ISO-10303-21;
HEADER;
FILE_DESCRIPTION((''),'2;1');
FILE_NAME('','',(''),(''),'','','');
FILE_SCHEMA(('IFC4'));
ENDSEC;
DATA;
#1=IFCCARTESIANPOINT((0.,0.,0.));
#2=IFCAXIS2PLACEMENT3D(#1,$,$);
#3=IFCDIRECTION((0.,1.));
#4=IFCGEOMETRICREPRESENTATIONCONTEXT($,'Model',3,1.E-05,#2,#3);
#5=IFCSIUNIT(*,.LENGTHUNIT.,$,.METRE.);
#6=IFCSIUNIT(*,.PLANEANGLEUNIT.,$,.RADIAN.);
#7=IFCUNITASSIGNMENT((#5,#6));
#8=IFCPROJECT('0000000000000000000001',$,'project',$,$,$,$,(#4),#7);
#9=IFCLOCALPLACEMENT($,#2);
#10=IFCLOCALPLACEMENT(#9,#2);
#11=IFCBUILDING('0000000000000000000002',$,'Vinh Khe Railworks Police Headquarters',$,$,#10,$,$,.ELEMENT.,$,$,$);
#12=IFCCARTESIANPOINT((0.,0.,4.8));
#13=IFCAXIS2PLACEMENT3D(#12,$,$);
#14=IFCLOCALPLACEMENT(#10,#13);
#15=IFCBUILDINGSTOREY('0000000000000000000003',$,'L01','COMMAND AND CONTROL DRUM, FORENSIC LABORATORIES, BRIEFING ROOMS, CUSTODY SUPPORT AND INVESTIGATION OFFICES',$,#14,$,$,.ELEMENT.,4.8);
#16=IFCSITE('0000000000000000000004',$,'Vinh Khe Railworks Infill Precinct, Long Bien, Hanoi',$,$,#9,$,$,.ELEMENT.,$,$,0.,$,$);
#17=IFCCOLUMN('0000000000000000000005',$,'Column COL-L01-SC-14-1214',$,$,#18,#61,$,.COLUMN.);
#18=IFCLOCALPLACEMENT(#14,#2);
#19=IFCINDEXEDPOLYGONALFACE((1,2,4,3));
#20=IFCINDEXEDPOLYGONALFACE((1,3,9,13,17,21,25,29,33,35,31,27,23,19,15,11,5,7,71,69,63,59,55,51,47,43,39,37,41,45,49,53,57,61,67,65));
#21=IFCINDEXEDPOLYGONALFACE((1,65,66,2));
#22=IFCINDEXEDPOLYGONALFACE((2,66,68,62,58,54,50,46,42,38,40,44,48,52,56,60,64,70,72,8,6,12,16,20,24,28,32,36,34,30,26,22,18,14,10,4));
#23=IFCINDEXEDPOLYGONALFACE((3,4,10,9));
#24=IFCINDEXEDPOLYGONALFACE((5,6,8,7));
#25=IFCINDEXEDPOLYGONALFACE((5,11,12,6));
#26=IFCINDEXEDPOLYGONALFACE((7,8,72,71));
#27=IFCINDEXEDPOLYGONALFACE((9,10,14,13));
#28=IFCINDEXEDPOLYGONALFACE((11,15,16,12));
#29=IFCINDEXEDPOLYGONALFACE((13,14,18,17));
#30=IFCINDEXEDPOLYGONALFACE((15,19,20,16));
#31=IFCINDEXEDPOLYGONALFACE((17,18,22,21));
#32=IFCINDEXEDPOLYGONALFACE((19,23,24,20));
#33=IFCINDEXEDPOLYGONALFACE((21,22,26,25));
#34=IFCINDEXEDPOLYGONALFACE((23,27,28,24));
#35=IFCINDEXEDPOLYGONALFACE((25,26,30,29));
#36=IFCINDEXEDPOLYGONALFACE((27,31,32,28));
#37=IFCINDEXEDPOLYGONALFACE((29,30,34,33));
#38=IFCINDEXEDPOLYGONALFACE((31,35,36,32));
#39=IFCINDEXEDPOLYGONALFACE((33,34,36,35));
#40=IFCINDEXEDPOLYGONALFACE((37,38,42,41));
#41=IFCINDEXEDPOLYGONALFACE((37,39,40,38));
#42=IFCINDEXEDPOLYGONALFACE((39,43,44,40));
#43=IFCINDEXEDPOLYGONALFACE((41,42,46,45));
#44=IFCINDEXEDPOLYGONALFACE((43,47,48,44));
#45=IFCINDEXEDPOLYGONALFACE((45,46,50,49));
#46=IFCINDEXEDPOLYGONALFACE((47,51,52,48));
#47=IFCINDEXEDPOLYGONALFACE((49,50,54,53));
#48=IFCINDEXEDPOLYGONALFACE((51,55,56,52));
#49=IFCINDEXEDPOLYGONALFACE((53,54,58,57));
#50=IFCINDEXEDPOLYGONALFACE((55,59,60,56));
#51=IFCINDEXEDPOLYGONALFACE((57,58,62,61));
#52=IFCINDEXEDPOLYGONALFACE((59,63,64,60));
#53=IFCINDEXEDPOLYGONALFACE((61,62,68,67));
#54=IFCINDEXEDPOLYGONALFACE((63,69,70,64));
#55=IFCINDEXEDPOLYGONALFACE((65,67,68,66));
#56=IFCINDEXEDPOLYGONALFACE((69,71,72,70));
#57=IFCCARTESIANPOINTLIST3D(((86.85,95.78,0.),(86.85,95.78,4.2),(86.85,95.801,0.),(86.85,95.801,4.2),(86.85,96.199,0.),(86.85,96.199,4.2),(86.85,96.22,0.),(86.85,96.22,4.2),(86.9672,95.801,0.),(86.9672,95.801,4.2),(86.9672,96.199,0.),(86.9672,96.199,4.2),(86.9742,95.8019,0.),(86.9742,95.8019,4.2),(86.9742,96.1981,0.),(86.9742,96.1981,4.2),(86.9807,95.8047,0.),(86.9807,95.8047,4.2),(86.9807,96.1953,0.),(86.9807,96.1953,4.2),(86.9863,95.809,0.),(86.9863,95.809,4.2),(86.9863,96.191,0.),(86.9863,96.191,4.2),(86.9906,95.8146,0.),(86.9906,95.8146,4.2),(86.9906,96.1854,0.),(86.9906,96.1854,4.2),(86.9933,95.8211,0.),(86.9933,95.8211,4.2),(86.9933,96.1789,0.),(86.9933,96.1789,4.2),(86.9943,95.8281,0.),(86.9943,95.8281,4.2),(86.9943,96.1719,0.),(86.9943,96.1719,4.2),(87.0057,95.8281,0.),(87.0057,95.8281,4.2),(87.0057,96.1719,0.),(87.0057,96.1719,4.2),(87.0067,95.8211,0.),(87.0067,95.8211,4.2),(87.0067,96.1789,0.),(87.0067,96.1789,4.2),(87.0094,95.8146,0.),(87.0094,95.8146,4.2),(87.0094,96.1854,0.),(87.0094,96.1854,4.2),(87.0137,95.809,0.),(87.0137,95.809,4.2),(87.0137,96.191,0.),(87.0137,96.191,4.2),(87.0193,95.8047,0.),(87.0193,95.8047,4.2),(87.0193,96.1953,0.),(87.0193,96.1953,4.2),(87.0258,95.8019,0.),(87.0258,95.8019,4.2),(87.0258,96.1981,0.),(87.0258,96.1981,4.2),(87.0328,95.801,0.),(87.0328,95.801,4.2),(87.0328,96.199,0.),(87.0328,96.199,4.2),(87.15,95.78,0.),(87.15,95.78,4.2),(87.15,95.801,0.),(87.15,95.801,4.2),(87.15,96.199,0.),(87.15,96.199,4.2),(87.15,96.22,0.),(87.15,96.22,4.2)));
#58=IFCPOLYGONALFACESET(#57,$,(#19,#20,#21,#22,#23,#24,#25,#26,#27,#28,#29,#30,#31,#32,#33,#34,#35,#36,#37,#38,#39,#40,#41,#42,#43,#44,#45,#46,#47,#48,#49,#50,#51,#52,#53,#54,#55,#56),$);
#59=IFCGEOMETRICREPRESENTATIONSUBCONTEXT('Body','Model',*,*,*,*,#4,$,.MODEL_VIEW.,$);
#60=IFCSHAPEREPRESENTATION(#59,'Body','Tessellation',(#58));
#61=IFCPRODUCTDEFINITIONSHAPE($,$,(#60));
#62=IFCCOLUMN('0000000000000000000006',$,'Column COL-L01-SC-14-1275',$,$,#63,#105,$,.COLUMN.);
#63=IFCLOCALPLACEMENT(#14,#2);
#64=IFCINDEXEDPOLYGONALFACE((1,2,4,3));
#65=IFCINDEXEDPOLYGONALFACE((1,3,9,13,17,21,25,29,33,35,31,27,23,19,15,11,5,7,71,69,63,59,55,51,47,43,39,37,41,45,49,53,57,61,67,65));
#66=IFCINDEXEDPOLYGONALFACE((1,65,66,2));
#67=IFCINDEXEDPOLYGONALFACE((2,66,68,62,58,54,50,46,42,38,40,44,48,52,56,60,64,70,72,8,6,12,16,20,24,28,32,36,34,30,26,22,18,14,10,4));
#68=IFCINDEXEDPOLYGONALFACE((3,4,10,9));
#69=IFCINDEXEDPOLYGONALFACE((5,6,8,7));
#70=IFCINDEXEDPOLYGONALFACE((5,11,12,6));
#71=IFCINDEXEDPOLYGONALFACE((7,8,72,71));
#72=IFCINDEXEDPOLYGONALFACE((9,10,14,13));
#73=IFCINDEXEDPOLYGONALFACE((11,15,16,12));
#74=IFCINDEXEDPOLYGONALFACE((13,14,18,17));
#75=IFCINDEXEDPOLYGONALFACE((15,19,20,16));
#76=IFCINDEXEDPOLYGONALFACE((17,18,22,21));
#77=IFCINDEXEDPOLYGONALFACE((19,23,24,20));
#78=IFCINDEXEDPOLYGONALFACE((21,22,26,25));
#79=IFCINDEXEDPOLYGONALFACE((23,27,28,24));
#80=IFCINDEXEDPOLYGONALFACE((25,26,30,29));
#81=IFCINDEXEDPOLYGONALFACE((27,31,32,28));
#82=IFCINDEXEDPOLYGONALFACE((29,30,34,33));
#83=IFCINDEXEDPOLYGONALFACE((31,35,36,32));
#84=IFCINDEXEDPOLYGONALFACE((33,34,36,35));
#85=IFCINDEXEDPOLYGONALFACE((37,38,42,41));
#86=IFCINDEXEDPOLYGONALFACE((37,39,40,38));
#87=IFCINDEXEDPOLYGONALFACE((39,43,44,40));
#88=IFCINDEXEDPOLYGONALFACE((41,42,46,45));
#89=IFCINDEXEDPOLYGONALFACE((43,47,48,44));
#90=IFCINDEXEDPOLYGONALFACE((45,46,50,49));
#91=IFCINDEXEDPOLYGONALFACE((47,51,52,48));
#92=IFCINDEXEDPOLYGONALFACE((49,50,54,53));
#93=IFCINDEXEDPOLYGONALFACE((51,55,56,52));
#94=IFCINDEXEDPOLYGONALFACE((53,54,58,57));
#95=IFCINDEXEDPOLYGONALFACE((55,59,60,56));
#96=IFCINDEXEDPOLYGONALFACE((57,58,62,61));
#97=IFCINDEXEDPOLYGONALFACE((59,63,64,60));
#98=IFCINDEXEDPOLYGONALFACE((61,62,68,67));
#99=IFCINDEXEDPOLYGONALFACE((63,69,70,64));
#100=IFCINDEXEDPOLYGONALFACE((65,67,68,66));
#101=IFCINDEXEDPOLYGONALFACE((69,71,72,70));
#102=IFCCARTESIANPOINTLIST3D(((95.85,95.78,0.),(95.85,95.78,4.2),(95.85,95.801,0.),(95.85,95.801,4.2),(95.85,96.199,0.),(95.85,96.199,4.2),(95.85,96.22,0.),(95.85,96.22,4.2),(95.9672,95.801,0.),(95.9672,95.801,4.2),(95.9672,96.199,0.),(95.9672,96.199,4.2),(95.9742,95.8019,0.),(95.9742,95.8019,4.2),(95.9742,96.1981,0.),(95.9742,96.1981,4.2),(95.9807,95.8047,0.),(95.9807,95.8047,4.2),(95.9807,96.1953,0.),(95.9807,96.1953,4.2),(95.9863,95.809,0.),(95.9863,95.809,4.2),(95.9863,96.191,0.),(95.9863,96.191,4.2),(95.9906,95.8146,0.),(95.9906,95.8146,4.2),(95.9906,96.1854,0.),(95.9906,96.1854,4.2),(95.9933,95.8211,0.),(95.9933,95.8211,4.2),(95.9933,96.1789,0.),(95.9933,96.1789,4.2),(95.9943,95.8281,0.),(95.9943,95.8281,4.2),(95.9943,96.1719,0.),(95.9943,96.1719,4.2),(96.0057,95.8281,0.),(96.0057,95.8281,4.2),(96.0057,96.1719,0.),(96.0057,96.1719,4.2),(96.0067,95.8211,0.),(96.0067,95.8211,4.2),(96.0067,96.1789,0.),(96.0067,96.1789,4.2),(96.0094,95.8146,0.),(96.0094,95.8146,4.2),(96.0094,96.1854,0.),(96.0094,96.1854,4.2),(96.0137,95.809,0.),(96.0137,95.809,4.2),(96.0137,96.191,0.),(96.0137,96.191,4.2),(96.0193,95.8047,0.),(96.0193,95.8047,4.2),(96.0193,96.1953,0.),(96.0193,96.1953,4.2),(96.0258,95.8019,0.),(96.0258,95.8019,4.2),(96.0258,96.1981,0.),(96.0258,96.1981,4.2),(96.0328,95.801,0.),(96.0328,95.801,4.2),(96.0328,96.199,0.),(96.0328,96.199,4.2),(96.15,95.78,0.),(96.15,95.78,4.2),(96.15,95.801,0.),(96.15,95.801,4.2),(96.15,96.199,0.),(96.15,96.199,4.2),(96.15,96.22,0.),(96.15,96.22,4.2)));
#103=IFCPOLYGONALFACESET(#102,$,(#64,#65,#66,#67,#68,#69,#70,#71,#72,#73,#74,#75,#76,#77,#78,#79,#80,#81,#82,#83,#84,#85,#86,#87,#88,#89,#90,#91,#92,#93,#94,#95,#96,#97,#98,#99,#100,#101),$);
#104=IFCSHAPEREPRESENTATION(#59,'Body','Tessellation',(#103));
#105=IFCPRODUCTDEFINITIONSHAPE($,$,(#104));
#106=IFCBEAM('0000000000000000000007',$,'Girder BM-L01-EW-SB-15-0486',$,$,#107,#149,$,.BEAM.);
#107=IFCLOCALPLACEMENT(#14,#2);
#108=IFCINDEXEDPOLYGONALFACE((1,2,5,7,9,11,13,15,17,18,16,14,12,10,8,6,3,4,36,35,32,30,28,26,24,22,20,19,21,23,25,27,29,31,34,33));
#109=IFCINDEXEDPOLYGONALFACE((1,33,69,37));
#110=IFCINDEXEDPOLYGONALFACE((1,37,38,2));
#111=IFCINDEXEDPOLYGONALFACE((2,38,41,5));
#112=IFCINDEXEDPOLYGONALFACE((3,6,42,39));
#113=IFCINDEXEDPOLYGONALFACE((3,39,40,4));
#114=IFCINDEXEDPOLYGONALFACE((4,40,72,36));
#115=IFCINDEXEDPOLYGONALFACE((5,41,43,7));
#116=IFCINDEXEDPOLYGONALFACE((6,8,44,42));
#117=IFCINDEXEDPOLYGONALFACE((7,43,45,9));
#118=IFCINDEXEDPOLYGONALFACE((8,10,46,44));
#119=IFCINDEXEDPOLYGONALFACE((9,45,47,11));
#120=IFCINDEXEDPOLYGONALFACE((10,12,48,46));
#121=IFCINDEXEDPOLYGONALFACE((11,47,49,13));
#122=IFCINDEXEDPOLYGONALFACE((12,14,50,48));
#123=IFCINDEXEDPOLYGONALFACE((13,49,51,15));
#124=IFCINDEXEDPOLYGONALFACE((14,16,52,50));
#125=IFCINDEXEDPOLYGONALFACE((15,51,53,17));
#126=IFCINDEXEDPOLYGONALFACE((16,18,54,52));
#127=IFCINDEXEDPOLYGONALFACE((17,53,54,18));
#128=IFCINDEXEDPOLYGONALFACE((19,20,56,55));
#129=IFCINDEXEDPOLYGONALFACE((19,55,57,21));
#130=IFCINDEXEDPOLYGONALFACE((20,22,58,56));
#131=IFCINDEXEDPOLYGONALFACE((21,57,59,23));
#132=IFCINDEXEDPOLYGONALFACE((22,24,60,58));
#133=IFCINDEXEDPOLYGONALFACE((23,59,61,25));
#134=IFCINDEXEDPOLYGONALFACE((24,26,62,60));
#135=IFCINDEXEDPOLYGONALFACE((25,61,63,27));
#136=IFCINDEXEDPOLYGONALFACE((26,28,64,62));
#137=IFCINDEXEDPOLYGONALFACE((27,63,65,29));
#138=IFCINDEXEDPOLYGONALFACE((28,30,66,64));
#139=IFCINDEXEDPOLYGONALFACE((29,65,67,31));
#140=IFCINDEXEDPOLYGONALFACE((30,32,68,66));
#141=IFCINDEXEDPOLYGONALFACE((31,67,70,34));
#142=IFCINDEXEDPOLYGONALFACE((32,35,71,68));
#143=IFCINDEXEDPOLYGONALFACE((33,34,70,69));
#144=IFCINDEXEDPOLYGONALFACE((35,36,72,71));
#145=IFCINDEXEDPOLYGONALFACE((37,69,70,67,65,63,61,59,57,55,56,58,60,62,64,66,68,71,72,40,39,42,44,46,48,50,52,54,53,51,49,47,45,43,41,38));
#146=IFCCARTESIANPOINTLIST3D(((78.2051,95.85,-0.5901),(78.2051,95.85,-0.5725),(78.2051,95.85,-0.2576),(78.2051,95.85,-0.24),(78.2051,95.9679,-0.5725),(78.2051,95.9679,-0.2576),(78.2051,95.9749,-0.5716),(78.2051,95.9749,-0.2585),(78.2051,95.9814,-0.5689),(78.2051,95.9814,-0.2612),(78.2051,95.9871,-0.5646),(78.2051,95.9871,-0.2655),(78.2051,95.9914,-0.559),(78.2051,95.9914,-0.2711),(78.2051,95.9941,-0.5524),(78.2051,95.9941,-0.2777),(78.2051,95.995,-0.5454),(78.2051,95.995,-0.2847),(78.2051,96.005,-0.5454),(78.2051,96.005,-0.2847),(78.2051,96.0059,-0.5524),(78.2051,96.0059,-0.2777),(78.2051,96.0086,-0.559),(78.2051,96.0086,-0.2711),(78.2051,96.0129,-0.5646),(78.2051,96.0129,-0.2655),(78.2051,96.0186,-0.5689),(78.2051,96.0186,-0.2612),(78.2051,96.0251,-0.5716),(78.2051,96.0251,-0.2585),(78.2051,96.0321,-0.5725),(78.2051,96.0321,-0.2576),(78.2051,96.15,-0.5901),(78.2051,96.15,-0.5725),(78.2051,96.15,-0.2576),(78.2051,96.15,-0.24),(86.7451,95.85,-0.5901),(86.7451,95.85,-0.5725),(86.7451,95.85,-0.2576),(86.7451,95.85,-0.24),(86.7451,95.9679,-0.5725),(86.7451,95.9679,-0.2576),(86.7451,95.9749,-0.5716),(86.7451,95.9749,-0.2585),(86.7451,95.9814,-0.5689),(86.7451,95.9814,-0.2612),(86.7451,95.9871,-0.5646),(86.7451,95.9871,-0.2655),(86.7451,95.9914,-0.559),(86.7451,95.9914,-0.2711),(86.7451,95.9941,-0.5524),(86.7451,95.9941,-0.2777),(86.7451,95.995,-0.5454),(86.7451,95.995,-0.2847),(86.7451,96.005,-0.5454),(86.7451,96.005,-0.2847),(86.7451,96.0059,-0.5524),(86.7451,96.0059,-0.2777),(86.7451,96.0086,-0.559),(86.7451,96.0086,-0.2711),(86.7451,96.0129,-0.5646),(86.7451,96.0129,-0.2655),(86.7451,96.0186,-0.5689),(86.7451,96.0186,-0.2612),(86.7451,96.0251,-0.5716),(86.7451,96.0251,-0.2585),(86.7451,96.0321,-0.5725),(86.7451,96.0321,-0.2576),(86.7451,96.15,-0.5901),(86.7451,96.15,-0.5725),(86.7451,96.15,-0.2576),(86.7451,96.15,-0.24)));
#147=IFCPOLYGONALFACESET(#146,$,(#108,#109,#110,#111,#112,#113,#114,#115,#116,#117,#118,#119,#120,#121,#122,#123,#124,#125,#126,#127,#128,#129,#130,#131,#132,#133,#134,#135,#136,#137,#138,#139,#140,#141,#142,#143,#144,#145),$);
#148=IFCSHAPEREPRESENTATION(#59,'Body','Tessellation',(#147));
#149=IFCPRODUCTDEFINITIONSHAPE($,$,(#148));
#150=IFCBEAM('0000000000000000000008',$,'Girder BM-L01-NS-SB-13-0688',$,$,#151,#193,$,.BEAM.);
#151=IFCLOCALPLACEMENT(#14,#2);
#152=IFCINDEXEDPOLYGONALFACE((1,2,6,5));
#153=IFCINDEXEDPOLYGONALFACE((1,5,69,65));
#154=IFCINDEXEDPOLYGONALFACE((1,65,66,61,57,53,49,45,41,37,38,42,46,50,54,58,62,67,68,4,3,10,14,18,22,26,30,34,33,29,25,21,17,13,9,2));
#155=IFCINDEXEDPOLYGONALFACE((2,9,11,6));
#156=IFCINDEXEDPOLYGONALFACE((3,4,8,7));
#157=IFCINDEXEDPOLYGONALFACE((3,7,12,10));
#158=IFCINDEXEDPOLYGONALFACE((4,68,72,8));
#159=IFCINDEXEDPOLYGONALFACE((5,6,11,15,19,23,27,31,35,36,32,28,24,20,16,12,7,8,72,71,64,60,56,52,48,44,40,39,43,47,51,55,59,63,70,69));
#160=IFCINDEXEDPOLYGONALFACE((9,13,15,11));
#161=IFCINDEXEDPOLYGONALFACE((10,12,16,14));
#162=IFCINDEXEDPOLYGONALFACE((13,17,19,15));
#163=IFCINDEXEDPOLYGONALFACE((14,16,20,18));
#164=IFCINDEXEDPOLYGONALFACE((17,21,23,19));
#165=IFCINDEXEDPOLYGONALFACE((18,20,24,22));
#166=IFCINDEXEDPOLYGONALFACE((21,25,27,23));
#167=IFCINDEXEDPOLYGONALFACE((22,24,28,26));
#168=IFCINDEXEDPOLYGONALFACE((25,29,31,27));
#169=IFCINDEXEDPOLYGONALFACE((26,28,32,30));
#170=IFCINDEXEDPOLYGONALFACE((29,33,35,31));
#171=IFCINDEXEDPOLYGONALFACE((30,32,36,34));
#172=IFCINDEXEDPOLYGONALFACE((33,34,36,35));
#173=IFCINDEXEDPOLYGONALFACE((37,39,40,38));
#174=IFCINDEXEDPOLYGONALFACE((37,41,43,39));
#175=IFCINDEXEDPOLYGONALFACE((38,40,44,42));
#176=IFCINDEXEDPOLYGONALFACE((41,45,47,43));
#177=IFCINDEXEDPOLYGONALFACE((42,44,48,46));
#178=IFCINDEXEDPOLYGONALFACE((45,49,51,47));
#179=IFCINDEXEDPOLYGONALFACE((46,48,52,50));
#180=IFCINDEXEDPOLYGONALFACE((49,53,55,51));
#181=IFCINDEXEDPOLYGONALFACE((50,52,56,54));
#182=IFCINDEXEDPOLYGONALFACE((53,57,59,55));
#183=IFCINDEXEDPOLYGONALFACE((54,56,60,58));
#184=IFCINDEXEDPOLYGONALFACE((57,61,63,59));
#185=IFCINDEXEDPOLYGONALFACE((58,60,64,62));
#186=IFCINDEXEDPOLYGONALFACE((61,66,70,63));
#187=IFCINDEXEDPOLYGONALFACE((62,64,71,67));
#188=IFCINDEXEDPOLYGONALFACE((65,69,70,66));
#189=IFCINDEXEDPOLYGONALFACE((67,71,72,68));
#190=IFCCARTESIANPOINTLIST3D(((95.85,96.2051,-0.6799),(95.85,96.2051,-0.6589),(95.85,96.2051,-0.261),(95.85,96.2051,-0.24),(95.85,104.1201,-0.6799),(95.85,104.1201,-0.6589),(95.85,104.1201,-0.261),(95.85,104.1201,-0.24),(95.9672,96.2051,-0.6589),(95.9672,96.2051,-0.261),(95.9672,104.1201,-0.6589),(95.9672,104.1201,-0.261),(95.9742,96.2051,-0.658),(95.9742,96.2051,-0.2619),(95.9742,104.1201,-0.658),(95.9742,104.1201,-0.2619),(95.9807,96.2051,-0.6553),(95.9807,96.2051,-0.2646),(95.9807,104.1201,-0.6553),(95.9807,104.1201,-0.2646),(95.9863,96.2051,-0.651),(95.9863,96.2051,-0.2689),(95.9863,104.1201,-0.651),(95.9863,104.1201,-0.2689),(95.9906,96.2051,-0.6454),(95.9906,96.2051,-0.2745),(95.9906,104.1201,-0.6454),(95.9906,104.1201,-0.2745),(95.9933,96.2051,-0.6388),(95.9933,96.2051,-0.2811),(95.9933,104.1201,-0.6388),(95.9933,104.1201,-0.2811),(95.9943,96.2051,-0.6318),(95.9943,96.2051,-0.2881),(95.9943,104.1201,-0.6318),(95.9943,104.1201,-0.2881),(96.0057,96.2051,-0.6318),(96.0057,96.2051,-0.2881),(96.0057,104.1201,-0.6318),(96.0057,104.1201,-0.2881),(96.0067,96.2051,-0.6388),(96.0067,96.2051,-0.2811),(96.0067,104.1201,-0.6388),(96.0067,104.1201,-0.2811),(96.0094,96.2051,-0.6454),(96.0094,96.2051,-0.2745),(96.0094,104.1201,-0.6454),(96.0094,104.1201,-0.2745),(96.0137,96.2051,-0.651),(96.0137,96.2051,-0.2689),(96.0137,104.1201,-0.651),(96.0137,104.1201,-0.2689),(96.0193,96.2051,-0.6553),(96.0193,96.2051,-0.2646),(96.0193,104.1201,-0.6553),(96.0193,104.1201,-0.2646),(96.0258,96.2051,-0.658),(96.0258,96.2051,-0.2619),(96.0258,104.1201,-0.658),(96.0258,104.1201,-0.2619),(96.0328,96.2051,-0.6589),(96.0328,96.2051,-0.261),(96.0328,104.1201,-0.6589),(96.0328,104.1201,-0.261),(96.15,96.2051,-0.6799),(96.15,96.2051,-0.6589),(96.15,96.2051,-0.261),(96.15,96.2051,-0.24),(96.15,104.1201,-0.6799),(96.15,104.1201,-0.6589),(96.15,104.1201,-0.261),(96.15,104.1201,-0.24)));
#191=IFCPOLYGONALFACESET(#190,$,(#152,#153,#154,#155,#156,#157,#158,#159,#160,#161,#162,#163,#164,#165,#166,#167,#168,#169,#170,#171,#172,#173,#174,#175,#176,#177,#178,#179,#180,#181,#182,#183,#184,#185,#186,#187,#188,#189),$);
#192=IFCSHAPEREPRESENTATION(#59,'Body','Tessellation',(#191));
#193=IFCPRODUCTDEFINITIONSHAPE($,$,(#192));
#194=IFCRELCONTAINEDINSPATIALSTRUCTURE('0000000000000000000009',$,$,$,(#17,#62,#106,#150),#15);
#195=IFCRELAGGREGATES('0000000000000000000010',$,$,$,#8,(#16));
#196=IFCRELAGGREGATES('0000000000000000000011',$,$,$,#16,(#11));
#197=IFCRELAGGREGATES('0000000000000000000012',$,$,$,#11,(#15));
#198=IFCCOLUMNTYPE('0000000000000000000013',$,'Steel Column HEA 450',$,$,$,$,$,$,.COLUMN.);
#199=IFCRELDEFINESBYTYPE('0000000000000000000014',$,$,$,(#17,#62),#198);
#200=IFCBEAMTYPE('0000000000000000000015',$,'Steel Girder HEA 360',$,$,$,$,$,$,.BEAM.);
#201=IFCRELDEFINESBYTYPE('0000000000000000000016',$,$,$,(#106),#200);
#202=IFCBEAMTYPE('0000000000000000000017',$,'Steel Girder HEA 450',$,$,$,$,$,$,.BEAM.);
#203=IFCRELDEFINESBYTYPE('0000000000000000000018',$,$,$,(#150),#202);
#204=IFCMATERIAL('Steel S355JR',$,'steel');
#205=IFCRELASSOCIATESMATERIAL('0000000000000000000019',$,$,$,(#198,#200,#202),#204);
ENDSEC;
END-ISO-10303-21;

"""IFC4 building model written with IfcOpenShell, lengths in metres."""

from ifc_helpers import new_model, si_unit, direction, frame, origin, origin_2d, place, context, subcontext, project, spatial, i_section, extrude, material, material_profile, profile_set, type_object, element, save


model = new_model("IFC4")

# Units and contexts
model_context = context("Model", 3, precision=1e-05, world=origin(), true_north=direction((0.0, 1.0)))
body_context = subcontext(model_context, "Body", "Model", "MODEL_VIEW")
ifc_project = project(units=[si_unit("LENGTHUNIT", "METRE"), si_unit("PLANEANGLEUNIT", "RADIAN")], contexts=[model_context])

# Site, building, storey
site_placement = place(None, origin())
site = spatial("IfcSite", under=ifc_project, at=site_placement, Name="Vinh Khe Railworks Infill Precinct, Long Bien, Hanoi", CompositionType="ELEMENT", RefElevation=0.0)
building_placement = place(site_placement, origin())
building = spatial("IfcBuilding", under=site, at=building_placement, Name="Vinh Khe Railworks Police Headquarters", CompositionType="ELEMENT")
storey_placement = place(building_placement, frame((0.0, 0.0, 4.8)))
storey = spatial("IfcBuildingStorey", under=building, at=storey_placement, Name="L01", Description="COMMAND AND CONTROL DRUM, FORENSIC LABORATORIES, BRIEFING ROOMS, CUSTODY SUPPORT AND INVESTIGATION OFFICES", CompositionType="ELEMENT", Elevation=4.8)

# Columns
ifc_material_1 = material(Name="Steel S355JR", Category="steel")
ifc_material_profile_1 = material_profile(ifc_material_1, i_section(OverallWidth=0.3, OverallDepth=0.4399, WebThickness=0.0115, FlangeThickness=0.021, FilletRadius=0.0271, at=origin_2d()), Name="HEA 450")
ifc_profile_set_1 = profile_set([ifc_material_profile_1], Name="Steel S355JR")
column_type = type_object("IfcColumnType", Name="Steel Column HEA 450", PredefinedType="COLUMN", material=ifc_profile_set_1)
for number, where, z_axis, x_axis, name in (
    (1, (87.0, 96.0, 0.0), (0.0, 0.0, 1.0), (1.0, 0.0, 0.0), "Column COL-L01-SC-14-1214"),
    (2, (96.0, 96.0, 0.0), (0.0, 0.0, 1.0), (1.0, 0.0, 0.0), "Column COL-L01-SC-14-1275"),
):
    element("IfcColumn", number, at=place(storey_placement, frame(where, z_axis=z_axis, x_axis=x_axis)), inside=storey, type_object=column_type, Name=name, PredefinedType="COLUMN", context=body_context, shape_type="SweptSolid", body=[
        extrude(i_section(OverallWidth=0.3, OverallDepth=0.4399, WebThickness=0.0115, FlangeThickness=0.021, FilletRadius=0.0271, at=origin_2d()), origin(), (0.0, 0.0, 1.0), 4.2),
    ])

# Beams
ifc_material_profile_2 = material_profile(ifc_material_1, i_section(OverallWidth=0.3, OverallDepth=0.3501, WebThickness=0.01, FlangeThickness=0.0176, FilletRadius=0.0271, at=origin_2d()), Name="HEA 360")
ifc_profile_set_2 = profile_set([ifc_material_profile_2], Name="Steel S355JR")
beam_type_1 = type_object("IfcBeamType", Name="Steel Girder HEA 360", PredefinedType="BEAM", material=ifc_profile_set_2)
beam_1_placement = place(storey_placement, frame((78.2051, 96.0, -0.415), z_axis=(1.0, 0.0, 0.0), x_axis=(0.0, 1.0, 0.0)))
element("IfcBeam", 3, at=beam_1_placement, inside=storey, type_object=beam_type_1, Name="Girder BM-L01-EW-SB-15-0486", PredefinedType="BEAM", context=body_context, shape_type="SweptSolid", body=[
    extrude(i_section(OverallWidth=0.3, OverallDepth=0.3501, WebThickness=0.01, FlangeThickness=0.0176, FilletRadius=0.0271, at=origin_2d()), origin(), (0.0, 0.0, 1.0), 8.54),
])
ifc_material_profile_3 = material_profile(ifc_material_1, i_section(OverallWidth=0.3, OverallDepth=0.4399, WebThickness=0.0115, FlangeThickness=0.021, FilletRadius=0.0271, at=origin_2d()), Name="HEA 450")
ifc_profile_set_3 = profile_set([ifc_material_profile_3], Name="Steel S355JR")
beam_type_2 = type_object("IfcBeamType", Name="Steel Girder HEA 450", PredefinedType="BEAM", material=ifc_profile_set_3)
beam_2_placement = place(storey_placement, frame((96.0, 96.2051, -0.46), z_axis=(0.0, 1.0, 0.0), x_axis=(-1.0, 0.0, 0.0)))
element("IfcBeam", 4, at=beam_2_placement, inside=storey, type_object=beam_type_2, Name="Girder BM-L01-NS-SB-13-0688", PredefinedType="BEAM", context=body_context, shape_type="SweptSolid", body=[
    extrude(i_section(OverallWidth=0.3, OverallDepth=0.4399, WebThickness=0.0115, FlangeThickness=0.021, FilletRadius=0.0271, at=origin_2d()), origin(), (0.0, 0.0, 1.0), 7.915),
])

save(model, "model.ifc")
